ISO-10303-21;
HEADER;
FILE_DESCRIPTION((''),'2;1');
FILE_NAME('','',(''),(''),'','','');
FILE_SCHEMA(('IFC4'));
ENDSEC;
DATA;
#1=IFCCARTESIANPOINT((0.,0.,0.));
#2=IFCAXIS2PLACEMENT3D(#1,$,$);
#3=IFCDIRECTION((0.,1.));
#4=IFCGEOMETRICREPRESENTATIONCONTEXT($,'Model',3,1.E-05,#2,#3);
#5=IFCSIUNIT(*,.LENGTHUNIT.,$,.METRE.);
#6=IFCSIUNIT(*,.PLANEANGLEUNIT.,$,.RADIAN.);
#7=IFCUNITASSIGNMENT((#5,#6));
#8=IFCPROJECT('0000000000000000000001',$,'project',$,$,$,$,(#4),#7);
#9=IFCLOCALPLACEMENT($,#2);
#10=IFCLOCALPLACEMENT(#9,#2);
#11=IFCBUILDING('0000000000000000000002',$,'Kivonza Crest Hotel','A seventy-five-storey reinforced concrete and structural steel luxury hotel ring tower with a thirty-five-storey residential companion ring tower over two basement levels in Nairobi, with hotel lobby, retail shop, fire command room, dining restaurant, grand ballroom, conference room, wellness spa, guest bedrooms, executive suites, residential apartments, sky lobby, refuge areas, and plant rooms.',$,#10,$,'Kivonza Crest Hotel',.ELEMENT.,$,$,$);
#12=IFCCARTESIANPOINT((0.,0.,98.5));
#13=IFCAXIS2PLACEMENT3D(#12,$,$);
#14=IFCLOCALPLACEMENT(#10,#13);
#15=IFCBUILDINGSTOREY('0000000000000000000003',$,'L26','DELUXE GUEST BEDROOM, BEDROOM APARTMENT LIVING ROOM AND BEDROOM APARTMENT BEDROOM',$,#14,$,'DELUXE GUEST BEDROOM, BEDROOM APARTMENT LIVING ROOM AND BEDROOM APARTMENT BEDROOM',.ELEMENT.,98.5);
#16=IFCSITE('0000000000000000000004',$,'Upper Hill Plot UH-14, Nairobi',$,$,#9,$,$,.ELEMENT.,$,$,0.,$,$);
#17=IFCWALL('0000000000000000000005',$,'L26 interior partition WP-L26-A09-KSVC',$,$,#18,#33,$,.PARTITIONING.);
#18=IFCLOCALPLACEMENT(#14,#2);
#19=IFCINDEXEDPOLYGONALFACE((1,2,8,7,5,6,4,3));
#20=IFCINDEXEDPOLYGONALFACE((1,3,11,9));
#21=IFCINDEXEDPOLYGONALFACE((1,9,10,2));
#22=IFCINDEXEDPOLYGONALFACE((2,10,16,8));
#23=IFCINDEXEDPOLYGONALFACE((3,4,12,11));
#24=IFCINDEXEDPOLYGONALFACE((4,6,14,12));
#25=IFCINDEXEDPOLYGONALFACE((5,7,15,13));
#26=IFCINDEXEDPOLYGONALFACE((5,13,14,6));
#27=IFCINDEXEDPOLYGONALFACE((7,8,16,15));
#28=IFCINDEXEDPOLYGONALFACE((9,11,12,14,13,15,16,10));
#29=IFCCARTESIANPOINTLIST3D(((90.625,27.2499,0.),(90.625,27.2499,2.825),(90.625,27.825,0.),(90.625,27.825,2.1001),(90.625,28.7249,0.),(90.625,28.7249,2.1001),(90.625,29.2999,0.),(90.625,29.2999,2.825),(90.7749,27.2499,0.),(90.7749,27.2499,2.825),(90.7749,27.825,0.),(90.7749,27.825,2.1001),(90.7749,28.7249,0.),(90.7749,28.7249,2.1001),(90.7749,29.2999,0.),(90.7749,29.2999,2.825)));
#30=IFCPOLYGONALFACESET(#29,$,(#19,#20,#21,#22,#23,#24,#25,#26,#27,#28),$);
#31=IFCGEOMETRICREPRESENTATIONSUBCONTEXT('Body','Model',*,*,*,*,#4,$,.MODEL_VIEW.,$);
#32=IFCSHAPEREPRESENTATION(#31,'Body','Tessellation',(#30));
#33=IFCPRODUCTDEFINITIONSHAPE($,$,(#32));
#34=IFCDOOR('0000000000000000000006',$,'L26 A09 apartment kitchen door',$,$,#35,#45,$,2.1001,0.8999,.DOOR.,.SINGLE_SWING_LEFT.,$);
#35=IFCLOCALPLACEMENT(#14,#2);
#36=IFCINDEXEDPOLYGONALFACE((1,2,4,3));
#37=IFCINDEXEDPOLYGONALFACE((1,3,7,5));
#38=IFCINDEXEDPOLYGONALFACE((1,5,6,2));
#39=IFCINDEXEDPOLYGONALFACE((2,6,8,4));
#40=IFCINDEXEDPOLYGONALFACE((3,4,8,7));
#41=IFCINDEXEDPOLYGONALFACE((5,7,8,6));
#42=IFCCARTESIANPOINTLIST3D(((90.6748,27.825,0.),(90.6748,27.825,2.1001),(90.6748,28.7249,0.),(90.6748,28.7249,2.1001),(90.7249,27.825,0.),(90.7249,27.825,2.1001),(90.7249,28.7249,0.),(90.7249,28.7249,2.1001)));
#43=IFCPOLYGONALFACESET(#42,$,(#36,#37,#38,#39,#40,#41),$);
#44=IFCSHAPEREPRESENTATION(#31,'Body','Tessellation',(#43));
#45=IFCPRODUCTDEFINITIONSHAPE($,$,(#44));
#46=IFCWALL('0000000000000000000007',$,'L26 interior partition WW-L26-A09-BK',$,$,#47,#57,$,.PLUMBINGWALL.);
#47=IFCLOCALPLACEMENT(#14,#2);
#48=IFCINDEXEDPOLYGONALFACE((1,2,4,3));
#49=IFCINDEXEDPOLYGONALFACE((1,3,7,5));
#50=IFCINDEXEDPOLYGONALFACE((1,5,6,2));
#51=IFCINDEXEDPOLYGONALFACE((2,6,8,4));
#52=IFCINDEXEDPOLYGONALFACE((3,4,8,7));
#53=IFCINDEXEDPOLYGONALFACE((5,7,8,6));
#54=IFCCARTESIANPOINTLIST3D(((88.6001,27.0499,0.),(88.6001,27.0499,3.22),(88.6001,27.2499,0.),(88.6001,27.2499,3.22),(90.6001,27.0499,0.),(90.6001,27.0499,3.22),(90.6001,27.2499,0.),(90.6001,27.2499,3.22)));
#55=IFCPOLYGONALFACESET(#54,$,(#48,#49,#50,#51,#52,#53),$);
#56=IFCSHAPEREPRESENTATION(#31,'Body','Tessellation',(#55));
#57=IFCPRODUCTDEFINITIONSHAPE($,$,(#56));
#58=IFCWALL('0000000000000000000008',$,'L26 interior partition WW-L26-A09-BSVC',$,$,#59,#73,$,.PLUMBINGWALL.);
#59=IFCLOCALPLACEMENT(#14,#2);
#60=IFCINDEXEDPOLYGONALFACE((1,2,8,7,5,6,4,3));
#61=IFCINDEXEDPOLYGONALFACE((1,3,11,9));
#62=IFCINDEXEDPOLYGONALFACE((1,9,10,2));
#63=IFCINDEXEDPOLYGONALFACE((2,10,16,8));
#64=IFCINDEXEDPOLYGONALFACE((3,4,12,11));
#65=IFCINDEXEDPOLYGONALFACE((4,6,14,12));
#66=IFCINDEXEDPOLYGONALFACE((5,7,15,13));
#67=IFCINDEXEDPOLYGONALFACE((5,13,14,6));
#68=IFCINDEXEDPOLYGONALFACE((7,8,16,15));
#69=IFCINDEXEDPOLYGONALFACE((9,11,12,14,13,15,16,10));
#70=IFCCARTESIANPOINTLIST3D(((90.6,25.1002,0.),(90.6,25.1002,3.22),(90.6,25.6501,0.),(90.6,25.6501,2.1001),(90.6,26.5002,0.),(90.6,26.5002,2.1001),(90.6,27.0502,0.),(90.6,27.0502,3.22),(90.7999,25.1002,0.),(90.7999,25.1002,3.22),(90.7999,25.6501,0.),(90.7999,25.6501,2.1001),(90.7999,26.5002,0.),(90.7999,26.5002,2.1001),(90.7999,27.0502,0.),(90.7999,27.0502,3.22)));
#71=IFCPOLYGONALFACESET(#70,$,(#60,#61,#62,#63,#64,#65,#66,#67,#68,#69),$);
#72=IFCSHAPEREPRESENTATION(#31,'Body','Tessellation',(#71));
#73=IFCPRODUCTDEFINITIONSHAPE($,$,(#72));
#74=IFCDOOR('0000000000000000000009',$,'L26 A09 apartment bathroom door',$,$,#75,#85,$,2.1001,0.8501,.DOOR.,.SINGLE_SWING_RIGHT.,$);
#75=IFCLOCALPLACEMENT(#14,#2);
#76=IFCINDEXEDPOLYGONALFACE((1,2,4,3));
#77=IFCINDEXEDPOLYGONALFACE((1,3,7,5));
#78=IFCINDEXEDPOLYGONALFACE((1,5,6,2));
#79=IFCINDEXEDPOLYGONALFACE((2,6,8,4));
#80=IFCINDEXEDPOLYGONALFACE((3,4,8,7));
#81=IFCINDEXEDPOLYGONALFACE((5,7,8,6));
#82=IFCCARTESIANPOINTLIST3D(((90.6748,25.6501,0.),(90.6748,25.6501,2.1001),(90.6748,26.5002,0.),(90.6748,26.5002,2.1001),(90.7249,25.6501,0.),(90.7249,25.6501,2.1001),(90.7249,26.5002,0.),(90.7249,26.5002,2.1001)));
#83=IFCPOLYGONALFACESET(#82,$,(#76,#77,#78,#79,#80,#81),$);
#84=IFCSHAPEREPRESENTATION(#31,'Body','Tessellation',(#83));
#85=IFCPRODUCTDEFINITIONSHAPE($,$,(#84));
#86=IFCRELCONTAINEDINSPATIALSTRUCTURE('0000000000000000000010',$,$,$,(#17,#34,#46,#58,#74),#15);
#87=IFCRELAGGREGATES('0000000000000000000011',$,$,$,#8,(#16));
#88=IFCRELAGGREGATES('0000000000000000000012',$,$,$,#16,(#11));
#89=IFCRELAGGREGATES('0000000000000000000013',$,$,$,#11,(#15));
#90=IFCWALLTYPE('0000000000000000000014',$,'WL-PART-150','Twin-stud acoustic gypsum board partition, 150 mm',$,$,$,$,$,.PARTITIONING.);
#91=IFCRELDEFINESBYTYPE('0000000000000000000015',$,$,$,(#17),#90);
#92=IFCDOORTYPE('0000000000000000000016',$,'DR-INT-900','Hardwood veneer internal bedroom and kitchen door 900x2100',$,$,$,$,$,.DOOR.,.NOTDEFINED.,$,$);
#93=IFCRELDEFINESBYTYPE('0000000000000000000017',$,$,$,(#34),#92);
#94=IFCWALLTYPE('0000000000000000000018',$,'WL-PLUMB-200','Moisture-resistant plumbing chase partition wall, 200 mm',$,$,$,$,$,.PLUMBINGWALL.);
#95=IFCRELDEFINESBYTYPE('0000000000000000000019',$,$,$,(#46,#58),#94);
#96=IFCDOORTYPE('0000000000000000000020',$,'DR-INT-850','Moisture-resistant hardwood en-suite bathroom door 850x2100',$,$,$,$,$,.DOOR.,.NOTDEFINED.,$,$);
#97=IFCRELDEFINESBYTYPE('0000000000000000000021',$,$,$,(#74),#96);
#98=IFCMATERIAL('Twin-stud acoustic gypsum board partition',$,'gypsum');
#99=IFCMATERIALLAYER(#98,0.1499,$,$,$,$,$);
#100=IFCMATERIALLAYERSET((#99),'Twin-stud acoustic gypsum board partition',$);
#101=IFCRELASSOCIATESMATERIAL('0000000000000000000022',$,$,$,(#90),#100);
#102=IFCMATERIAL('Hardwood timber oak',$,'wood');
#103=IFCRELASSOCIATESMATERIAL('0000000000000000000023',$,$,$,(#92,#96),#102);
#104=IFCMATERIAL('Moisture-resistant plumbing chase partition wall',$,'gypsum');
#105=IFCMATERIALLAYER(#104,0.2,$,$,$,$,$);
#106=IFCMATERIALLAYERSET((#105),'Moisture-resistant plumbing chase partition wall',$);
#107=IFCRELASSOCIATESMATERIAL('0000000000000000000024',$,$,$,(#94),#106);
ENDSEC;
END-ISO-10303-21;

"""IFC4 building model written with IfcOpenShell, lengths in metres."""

from ifc_helpers import new_model, si_unit, direction, frame, frame_2d, origin, place, context, subcontext, project, spatial, rectangle, extrude, material, layer, layer_set, type_object, element, fill, save


model = new_model("IFC4")

# Units and contexts
model_context = context("Model", 3, precision=1e-05, world=origin(), true_north=direction((0.0, 1.0)))
body_context = subcontext(model_context, "Body", "Model", "MODEL_VIEW")
ifc_project = project(units=[si_unit("LENGTHUNIT", "METRE"), si_unit("PLANEANGLEUNIT", "RADIAN")], contexts=[model_context])

# Site, building, storey
site_placement = place(None, origin())
site = spatial("IfcSite", under=ifc_project, at=site_placement, Name="Upper Hill Plot UH-14, Nairobi", CompositionType="ELEMENT", RefElevation=0.0)
building_placement = place(site_placement, origin())
building = spatial("IfcBuilding", under=site, at=building_placement, Name="Kivonza Crest Hotel", Description="A seventy-five-storey reinforced concrete and structural steel luxury hotel ring tower with a thirty-five-storey residential companion ring tower over two basement levels in Nairobi, with hotel lobby, retail shop, fire command room, dining restaurant, grand ballroom, conference room, wellness spa, guest bedrooms, executive suites, residential apartments, sky lobby, refuge areas, and plant rooms.", LongName="Kivonza Crest Hotel", CompositionType="ELEMENT")
storey_placement = place(building_placement, frame((0.0, 0.0, 98.5)))
storey = spatial("IfcBuildingStorey", under=building, at=storey_placement, Name="L26", Description="DELUXE GUEST BEDROOM, BEDROOM APARTMENT LIVING ROOM AND BEDROOM APARTMENT BEDROOM", LongName="DELUXE GUEST BEDROOM, BEDROOM APARTMENT LIVING ROOM AND BEDROOM APARTMENT BEDROOM", CompositionType="ELEMENT", Elevation=98.5)

# Shared definitions
ifc_material_1 = material(Name="Hardwood timber oak", Category="wood")

# Shared definitions
ifc_material_2 = material(Name="Twin-stud acoustic gypsum board partition", Category="gypsum")
ifc_layer_1 = layer(ifc_material_2, 0.1499)
ifc_layer_set_1 = layer_set([ifc_layer_1], Name="Twin-stud acoustic gypsum board partition")
wall_type_1 = type_object("IfcWallType", Name="WL-PART-150", Description="Twin-stud acoustic gypsum board partition, 150 mm", PredefinedType="PARTITIONING", material=ifc_layer_set_1)

# Wall, opening, door
wall_1_placement = place(storey_placement, frame((90.7, 27.25, 0.0), z_axis=(0.0, 0.0, 1.0), x_axis=(0.0, 1.0, 0.0)))
wall_1 = element("IfcWall", 1, at=wall_1_placement, inside=storey, type_object=wall_type_1, Name="L26 interior partition WP-L26-A09-KSVC", PredefinedType="PARTITIONING", context=body_context, shape_type="SweptSolid", body=[
    extrude(rectangle(XDim=2.05, YDim=0.1499, at=frame_2d((1.0249, 0.0))), origin(), (0.0, 0.0, 1.0), 2.825),
])
opening_1_placement = place(wall_1_placement, frame((0.575, 0.0, 0.0)))
opening_1 = element("IfcOpeningElement", 2, at=opening_1_placement, cuts=wall_1, PredefinedType="OPENING", context=body_context, shape_type="SweptSolid", body=[
    extrude(rectangle(XDim=0.8999, YDim=2.1001, at=frame_2d((0.45, 1.05))), frame((0.0, 0.085, 0.0), z_axis=(0.0, -1.0, 0.0), x_axis=(1.0, 0.0, 0.0)), (0.0, 0.0, 1.0), 0.1699),
])
door_type_1 = type_object("IfcDoorType", Name="DR-INT-900", Description="Hardwood veneer internal bedroom and kitchen door 900x2100", OperationType="NOTDEFINED", PredefinedType="DOOR", material=ifc_material_1)
door_1_placement = place(opening_1_placement, frame((0.8999, 0.0, 0.0), z_axis=(0.0, 0.0, 1.0), x_axis=(-1.0, 0.0, 0.0)))
door_1 = element("IfcDoor", 3, at=door_1_placement, inside=storey, type_object=door_type_1, Name="L26 A09 apartment kitchen door", OperationType="SINGLE_SWING_LEFT", OverallHeight=2.1001, OverallWidth=0.8999, PredefinedType="DOOR", context=body_context, shape_type="SweptSolid", body=[
    extrude(rectangle(XDim=0.8999, YDim=2.1001, at=frame_2d((0.45, 1.05))), frame((0.0, 0.0249, 0.0), z_axis=(0.0, -1.0, 0.0), x_axis=(1.0, 0.0, 0.0)), (0.0, 0.0, 1.0), 0.05),
])
fill(opening_1, door_1)

# Wall
ifc_material_3 = material(Name="Moisture-resistant plumbing chase partition wall", Category="gypsum")
ifc_layer_2 = layer(ifc_material_3, 0.2)
ifc_layer_set_2 = layer_set([ifc_layer_2], Name="Moisture-resistant plumbing chase partition wall")
wall_type_2 = type_object("IfcWallType", Name="WL-PLUMB-200", Description="Moisture-resistant plumbing chase partition wall, 200 mm", PredefinedType="PLUMBINGWALL", material=ifc_layer_set_2)
wall_2_placement = place(storey_placement, frame((88.6001, 27.1499, 0.0), z_axis=(0.0, 0.0, 1.0), x_axis=(1.0, 0.0, 0.0)))
element("IfcWall", 4, at=wall_2_placement, inside=storey, type_object=wall_type_2, Name="L26 interior partition WW-L26-A09-BK", PredefinedType="PLUMBINGWALL", context=body_context, shape_type="SweptSolid", body=[
    extrude(rectangle(XDim=2.0, YDim=0.2, at=frame_2d((1.0, 0.0))), origin(), (0.0, 0.0, 1.0), 3.22),
])

# Wall, opening, door
wall_3_placement = place(storey_placement, frame((90.7, 25.1001, 0.0), z_axis=(0.0, 0.0, 1.0), x_axis=(0.0, 1.0, 0.0)))
wall_3 = element("IfcWall", 5, at=wall_3_placement, inside=storey, type_object=wall_type_2, Name="L26 interior partition WW-L26-A09-BSVC", PredefinedType="PLUMBINGWALL", context=body_context, shape_type="SweptSolid", body=[
    extrude(rectangle(XDim=1.95, YDim=0.2, at=frame_2d((0.9751, 0.0))), origin(), (0.0, 0.0, 1.0), 3.22),
])
opening_2_placement = place(wall_3_placement, frame((0.55, 0.0, 0.0)))
opening_2 = element("IfcOpeningElement", 6, at=opening_2_placement, cuts=wall_3, PredefinedType="OPENING", context=body_context, shape_type="SweptSolid", body=[
    extrude(rectangle(XDim=0.8501, YDim=2.1001, at=frame_2d((0.425, 1.05))), frame((0.0, 0.1099, 0.0), z_axis=(0.0, -1.0, 0.0), x_axis=(1.0, 0.0, 0.0)), (0.0, 0.0, 1.0), 0.22),
])
door_type_2 = type_object("IfcDoorType", Name="DR-INT-850", Description="Moisture-resistant hardwood en-suite bathroom door 850x2100", OperationType="NOTDEFINED", PredefinedType="DOOR", material=ifc_material_1)
door_2_placement = place(opening_2_placement, frame((0.8501, 0.0, 0.0), z_axis=(0.0, 0.0, 1.0), x_axis=(-1.0, 0.0, 0.0)))
door_2 = element("IfcDoor", 7, at=door_2_placement, inside=storey, type_object=door_type_2, Name="L26 A09 apartment bathroom door", OperationType="SINGLE_SWING_RIGHT", OverallHeight=2.1001, OverallWidth=0.8501, PredefinedType="DOOR", context=body_context, shape_type="SweptSolid", body=[
    extrude(rectangle(XDim=0.8501, YDim=2.1001, at=frame_2d((0.425, 1.05))), frame((0.0, 0.0249, 0.0), z_axis=(0.0, -1.0, 0.0), x_axis=(1.0, 0.0, 0.0)), (0.0, 0.0, 1.0), 0.05),
])
fill(opening_2, door_2)

save(model, "model.ifc")
